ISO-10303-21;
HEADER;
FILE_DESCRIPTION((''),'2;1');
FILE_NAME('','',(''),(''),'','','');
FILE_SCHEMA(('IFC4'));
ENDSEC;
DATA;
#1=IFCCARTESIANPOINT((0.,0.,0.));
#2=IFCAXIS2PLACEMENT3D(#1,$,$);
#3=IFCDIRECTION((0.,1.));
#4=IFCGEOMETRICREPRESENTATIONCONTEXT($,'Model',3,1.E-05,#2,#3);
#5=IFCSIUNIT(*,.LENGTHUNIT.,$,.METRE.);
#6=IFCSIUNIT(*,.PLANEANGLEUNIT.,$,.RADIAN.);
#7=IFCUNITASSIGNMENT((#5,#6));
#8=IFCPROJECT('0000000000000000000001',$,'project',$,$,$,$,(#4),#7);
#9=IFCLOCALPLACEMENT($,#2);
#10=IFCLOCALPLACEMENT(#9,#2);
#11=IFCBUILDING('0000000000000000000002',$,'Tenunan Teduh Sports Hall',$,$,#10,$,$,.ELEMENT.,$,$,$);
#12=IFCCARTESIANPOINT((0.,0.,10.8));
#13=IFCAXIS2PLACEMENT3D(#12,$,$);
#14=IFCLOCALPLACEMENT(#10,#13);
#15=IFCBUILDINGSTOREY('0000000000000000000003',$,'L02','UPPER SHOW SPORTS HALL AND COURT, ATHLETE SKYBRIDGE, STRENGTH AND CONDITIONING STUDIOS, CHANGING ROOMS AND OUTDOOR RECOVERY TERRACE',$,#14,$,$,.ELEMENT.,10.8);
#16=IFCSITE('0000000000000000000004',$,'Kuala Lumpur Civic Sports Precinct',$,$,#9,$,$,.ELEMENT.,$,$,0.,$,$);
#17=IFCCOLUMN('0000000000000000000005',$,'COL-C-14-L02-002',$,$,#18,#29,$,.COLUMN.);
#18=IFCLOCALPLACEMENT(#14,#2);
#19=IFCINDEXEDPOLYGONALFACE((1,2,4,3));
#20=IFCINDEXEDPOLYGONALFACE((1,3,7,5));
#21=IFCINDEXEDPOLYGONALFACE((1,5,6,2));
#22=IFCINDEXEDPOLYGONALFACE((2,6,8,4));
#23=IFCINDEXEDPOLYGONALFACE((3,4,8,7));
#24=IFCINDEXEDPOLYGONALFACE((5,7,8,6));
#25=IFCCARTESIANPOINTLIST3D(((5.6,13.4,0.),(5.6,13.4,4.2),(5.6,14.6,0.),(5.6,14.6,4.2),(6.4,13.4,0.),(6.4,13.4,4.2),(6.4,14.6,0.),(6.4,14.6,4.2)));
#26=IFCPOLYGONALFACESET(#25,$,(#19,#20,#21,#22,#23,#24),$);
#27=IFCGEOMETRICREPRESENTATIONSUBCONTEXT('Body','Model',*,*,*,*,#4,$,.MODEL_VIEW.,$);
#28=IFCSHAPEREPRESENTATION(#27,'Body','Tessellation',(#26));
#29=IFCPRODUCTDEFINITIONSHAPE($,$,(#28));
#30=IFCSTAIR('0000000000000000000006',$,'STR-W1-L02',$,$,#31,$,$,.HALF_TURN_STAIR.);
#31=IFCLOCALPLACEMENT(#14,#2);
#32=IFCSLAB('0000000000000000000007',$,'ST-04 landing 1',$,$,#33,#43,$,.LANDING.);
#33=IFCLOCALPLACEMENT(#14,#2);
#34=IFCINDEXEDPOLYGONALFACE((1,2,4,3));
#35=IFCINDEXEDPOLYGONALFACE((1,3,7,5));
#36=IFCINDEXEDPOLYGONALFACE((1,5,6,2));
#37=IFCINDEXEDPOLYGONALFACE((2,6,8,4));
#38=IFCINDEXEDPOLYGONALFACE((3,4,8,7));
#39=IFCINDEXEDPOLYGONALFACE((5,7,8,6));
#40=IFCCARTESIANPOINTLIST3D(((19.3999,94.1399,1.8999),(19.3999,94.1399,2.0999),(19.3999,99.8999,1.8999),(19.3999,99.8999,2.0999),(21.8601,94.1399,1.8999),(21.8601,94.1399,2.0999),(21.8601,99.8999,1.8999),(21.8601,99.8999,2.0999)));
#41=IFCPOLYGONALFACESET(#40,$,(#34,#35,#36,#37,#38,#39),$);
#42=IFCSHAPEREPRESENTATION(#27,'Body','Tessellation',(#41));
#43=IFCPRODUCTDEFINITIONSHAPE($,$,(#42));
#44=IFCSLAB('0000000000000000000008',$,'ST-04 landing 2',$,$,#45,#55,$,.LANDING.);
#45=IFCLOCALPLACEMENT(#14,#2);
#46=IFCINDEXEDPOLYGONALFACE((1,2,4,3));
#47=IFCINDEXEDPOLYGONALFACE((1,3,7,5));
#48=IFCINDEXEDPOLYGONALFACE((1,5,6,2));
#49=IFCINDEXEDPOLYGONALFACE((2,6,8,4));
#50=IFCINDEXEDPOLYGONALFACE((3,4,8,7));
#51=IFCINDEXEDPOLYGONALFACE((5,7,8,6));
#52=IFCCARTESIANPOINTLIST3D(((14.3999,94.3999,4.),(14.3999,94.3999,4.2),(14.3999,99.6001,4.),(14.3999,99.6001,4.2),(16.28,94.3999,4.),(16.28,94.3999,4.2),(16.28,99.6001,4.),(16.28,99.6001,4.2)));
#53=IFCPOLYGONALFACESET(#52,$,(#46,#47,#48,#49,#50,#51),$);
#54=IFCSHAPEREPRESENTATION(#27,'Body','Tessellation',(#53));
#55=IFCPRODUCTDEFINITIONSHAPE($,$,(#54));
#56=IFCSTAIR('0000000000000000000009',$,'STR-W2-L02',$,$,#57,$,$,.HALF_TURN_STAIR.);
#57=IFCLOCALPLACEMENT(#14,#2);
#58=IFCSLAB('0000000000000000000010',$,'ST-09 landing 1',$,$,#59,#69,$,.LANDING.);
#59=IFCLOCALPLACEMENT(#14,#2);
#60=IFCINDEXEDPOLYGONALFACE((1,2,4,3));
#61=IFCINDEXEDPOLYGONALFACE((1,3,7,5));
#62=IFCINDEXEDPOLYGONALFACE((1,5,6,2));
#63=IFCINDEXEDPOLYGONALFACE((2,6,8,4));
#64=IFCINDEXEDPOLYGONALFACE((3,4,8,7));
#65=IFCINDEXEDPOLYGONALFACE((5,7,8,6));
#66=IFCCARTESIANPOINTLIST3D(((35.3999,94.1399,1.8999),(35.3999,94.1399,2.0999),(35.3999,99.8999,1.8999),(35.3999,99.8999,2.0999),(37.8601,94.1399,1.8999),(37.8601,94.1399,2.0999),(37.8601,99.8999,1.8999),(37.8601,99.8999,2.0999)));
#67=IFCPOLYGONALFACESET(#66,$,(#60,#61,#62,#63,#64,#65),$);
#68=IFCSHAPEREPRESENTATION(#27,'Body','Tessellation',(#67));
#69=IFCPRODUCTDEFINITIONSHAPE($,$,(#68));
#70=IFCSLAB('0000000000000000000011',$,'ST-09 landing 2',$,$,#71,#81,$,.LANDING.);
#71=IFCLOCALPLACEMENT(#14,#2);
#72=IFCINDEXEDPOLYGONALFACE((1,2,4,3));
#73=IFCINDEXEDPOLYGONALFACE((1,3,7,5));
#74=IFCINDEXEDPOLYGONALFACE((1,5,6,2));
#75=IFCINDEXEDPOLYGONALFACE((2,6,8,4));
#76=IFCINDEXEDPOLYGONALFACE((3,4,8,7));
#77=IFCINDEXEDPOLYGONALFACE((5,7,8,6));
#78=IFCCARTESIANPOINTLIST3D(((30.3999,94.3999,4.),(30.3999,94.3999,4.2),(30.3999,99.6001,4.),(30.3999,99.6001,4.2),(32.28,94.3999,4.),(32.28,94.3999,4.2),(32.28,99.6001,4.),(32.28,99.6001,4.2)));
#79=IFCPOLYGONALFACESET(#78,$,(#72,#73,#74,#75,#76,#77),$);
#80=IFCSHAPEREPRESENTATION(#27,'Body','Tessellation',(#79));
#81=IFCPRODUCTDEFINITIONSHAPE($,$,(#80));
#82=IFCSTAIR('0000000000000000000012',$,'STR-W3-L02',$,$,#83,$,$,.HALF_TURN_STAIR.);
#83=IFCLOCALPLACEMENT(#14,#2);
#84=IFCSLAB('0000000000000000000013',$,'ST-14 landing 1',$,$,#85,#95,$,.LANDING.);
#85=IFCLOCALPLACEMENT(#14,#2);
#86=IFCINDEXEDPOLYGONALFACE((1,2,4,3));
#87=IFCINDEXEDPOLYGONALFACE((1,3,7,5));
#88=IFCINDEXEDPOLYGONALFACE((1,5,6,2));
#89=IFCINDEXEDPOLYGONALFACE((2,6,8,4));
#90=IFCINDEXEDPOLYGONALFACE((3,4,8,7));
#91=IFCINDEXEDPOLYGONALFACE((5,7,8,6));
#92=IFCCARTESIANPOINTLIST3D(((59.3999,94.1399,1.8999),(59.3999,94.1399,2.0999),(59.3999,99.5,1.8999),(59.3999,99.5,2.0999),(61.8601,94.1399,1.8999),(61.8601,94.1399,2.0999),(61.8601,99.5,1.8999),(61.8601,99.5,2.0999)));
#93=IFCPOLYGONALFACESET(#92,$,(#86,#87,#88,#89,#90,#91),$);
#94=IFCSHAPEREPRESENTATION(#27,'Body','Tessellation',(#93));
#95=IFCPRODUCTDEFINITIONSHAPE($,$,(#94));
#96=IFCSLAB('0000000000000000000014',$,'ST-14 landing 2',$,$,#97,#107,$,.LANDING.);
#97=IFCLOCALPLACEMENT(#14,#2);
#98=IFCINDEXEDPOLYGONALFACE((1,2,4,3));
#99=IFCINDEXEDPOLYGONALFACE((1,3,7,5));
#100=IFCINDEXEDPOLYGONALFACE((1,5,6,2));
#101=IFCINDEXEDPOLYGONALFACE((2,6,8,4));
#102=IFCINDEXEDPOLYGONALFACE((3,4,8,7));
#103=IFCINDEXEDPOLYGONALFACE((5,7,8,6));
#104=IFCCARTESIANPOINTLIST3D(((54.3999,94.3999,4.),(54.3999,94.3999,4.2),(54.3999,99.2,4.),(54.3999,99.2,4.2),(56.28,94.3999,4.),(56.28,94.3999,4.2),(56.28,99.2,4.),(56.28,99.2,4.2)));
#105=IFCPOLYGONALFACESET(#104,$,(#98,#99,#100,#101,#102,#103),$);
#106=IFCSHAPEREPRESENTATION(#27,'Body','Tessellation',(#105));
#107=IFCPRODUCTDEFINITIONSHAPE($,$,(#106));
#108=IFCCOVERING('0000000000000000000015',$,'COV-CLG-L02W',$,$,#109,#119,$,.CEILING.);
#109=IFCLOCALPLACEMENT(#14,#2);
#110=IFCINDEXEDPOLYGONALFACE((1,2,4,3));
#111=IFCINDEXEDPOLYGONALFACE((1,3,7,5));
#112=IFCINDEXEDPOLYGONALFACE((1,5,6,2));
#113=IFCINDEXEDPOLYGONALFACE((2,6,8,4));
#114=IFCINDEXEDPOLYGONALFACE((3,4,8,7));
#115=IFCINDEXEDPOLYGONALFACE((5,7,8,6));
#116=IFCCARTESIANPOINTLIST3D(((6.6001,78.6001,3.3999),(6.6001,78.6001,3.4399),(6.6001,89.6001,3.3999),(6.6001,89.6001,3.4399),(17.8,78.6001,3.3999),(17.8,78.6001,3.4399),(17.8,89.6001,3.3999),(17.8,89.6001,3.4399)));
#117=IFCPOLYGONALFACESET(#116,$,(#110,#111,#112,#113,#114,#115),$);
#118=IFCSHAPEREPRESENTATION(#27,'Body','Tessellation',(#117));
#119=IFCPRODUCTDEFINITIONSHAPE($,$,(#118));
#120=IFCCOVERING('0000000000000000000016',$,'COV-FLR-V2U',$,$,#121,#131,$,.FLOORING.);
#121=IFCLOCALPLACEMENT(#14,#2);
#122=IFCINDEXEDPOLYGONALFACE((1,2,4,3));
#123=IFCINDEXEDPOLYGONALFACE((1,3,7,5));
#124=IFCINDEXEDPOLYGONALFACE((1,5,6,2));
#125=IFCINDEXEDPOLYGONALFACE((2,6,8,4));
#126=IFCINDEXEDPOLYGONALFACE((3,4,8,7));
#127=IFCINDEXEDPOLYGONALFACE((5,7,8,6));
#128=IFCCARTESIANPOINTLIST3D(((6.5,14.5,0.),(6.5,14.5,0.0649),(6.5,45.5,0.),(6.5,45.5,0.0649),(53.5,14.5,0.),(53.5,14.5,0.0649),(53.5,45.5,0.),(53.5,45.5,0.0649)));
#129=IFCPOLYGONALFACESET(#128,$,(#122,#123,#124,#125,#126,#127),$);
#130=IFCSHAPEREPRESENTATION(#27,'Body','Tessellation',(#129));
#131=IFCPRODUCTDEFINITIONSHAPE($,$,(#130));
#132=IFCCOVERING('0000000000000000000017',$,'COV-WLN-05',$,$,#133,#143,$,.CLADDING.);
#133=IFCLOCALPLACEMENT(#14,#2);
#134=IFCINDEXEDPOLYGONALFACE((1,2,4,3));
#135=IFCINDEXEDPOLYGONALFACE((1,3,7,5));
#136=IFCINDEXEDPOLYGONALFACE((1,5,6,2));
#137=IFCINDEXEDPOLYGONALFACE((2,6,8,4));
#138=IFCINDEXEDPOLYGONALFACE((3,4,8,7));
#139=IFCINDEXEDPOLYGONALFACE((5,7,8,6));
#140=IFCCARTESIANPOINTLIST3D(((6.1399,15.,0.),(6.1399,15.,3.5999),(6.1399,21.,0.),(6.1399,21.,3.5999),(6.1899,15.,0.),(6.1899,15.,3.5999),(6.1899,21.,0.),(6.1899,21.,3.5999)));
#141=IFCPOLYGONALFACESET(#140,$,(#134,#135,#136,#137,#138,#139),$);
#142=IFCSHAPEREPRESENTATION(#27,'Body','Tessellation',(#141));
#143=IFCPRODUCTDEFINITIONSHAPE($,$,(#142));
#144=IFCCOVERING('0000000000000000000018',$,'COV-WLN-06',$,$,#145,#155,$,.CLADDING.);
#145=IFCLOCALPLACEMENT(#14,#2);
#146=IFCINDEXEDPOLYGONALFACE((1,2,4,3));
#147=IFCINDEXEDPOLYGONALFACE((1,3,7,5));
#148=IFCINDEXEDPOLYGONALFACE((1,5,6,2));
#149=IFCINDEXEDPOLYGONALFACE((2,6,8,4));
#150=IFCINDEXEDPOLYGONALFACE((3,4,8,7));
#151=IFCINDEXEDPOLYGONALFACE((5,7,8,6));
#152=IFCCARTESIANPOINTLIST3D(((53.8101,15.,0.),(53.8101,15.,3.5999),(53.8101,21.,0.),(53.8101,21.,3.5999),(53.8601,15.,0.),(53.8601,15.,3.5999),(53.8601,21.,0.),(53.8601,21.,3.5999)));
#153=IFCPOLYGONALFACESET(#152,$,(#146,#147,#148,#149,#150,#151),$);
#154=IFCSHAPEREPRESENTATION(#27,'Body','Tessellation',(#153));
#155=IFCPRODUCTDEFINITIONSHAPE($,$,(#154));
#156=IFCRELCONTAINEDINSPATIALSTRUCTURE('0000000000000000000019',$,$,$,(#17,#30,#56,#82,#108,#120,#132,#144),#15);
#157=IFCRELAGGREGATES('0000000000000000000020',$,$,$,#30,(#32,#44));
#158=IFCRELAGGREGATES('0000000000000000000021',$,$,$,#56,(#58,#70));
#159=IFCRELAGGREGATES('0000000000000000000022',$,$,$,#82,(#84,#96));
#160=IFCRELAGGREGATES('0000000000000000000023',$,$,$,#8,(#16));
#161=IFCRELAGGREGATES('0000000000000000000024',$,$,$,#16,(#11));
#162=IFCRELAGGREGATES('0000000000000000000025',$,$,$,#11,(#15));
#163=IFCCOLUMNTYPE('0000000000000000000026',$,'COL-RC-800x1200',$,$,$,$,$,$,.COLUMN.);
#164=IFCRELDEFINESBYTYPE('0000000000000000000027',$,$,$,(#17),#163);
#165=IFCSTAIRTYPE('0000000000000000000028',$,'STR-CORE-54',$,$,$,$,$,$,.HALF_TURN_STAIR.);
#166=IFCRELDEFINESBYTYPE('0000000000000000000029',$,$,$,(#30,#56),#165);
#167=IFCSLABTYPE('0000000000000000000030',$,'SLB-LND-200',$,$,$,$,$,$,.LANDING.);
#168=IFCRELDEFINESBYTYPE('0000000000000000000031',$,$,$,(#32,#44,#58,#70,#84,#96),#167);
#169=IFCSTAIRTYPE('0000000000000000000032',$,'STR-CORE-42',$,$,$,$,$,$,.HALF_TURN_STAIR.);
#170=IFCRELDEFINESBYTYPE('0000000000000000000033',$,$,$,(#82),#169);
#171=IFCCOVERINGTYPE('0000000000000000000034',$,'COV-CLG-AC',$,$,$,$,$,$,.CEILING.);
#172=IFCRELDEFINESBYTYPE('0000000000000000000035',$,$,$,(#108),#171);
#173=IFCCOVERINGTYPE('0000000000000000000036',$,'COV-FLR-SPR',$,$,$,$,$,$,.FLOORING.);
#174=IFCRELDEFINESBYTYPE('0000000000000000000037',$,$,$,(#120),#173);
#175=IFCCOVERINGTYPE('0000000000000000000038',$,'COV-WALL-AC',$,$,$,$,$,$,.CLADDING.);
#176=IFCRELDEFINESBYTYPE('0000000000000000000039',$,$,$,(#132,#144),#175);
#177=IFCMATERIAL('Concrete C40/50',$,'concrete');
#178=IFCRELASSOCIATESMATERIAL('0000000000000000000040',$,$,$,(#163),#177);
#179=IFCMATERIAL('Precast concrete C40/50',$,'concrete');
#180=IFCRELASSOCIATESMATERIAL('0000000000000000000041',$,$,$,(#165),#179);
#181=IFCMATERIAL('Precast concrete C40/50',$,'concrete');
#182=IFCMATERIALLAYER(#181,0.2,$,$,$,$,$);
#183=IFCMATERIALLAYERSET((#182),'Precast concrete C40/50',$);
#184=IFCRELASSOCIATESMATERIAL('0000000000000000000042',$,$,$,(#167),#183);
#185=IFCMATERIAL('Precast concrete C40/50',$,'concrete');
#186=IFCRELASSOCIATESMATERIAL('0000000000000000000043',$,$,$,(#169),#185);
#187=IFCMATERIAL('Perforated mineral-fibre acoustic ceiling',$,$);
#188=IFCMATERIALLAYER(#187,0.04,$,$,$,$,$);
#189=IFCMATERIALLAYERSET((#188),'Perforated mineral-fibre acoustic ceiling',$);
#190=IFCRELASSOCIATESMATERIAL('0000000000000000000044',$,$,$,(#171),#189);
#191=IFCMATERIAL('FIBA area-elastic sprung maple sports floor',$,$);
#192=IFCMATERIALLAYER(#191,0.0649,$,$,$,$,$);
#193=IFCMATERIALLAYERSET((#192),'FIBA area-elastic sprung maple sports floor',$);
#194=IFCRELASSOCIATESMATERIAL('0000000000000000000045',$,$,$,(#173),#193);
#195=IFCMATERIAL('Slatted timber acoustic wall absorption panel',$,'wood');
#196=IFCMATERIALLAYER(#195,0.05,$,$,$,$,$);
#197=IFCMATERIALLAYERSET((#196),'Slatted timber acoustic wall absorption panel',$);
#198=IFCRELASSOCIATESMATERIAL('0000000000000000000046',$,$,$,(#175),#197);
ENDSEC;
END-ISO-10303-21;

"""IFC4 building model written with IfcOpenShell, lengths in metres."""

from ifc_helpers import new_model, si_unit, direction, frame, origin, origin_2d, place, context, subcontext, project, spatial, polyline, rectangle, outline, extrude, material, layer, layer_set, material_profile, profile_set, type_object, element, aggregate, save


model = new_model("IFC4")

# Units and contexts
model_context = context("Model", 3, precision=1e-05, world=origin(), true_north=direction((0.0, 1.0)))
body_context = subcontext(model_context, "Body", "Model", "MODEL_VIEW")
ifc_project = project(units=[si_unit("LENGTHUNIT", "METRE"), si_unit("PLANEANGLEUNIT", "RADIAN")], contexts=[model_context])

# Site, building, storey
site_placement = place(None, origin())
site = spatial("IfcSite", under=ifc_project, at=site_placement, Name="Kuala Lumpur Civic Sports Precinct", CompositionType="ELEMENT", RefElevation=0.0)
building_placement = place(site_placement, origin())
building = spatial("IfcBuilding", under=site, at=building_placement, Name="Tenunan Teduh Sports Hall", CompositionType="ELEMENT")
storey_placement = place(building_placement, frame((0.0, 0.0, 10.8)))
storey = spatial("IfcBuildingStorey", under=building, at=storey_placement, Name="L02", Description="UPPER SHOW SPORTS HALL AND COURT, ATHLETE SKYBRIDGE, STRENGTH AND CONDITIONING STUDIOS, CHANGING ROOMS AND OUTDOOR RECOVERY TERRACE", CompositionType="ELEMENT", Elevation=10.8)

# Column
ifc_material_1 = material(Name="Concrete C40/50", Category="concrete")
ifc_material_profile = material_profile(ifc_material_1, rectangle(XDim=0.8, YDim=1.2, at=origin_2d()), Name="RC 800x1200")
ifc_profile_set = profile_set([ifc_material_profile], Name="Concrete C40/50")
column_type = type_object("IfcColumnType", Name="COL-RC-800x1200", PredefinedType="COLUMN", material=ifc_profile_set)
column_placement = place(storey_placement, frame((6.0, 14.0, 0.0), z_axis=(0.0, 0.0, 1.0), x_axis=(1.0, 0.0, 0.0)))
element("IfcColumn", 1, at=column_placement, inside=storey, type_object=column_type, Name="COL-C-14-L02-002", PredefinedType="COLUMN", context=body_context, shape_type="SweptSolid", body=[
    extrude(rectangle(XDim=0.8, YDim=1.2, at=origin_2d()), origin(), (0.0, 0.0, 1.0), 4.2),
])

# Stairs, slabs
ifc_material_2 = material(Name="Precast concrete C40/50", Category="concrete")
stair_type_1 = type_object("IfcStairType", Name="STR-CORE-54", PredefinedType="HALF_TURN_STAIR", material=ifc_material_2)
stair_1_placement = place(storey_placement, origin())
stair_1 = element("IfcStair", 2, at=stair_1_placement, inside=storey, type_object=stair_type_1, Name="STR-W1-L02", PredefinedType="HALF_TURN_STAIR")
ifc_material_3 = material(Name="Precast concrete C40/50", Category="concrete")
ifc_layer_1 = layer(ifc_material_3, 0.2)
ifc_layer_set_1 = layer_set([ifc_layer_1], Name="Precast concrete C40/50")
slab_type = type_object("IfcSlabType", Name="SLB-LND-200", PredefinedType="LANDING", material=ifc_layer_set_1)
slab_1_placement = place(storey_placement, frame((0.0, 0.0, 1.8999)))
slab_1 = element("IfcSlab", 3, at=slab_1_placement, type_object=slab_type, Name="ST-04 landing 1", PredefinedType="LANDING", context=body_context, shape_type="SweptSolid", body=[
    extrude(outline(polyline([(19.3999, 94.1399), (21.8601, 94.1399), (21.8601, 99.8999), (19.3999, 99.8999), (19.3999, 94.1399)])), origin(), (0.0, 0.0, 1.0), 0.2),
])
slab_2_placement = place(storey_placement, frame((0.0, 0.0, 4.0)))
slab_2 = element("IfcSlab", 4, at=slab_2_placement, type_object=slab_type, Name="ST-04 landing 2", PredefinedType="LANDING", context=body_context, shape_type="SweptSolid", body=[
    extrude(outline(polyline([(14.3999, 94.3999), (16.28, 94.3999), (16.28, 99.6001), (14.3999, 99.6001), (14.3999, 94.3999)])), origin(), (0.0, 0.0, 1.0), 0.2),
])
aggregate(stair_1, [slab_1, slab_2])
stair_2_placement = place(storey_placement, origin())
stair_2 = element("IfcStair", 5, at=stair_2_placement, inside=storey, type_object=stair_type_1, Name="STR-W2-L02", PredefinedType="HALF_TURN_STAIR")
slab_3_placement = place(storey_placement, frame((0.0, 0.0, 1.8999)))
slab_3 = element("IfcSlab", 6, at=slab_3_placement, type_object=slab_type, Name="ST-09 landing 1", PredefinedType="LANDING", context=body_context, shape_type="SweptSolid", body=[
    extrude(outline(polyline([(35.3999, 94.1399), (37.8601, 94.1399), (37.8601, 99.8999), (35.3999, 99.8999), (35.3999, 94.1399)])), origin(), (0.0, 0.0, 1.0), 0.2),
])
slab_4_placement = place(storey_placement, frame((0.0, 0.0, 4.0)))
slab_4 = element("IfcSlab", 7, at=slab_4_placement, type_object=slab_type, Name="ST-09 landing 2", PredefinedType="LANDING", context=body_context, shape_type="SweptSolid", body=[
    extrude(outline(polyline([(30.3999, 94.3999), (32.28, 94.3999), (32.28, 99.6001), (30.3999, 99.6001), (30.3999, 94.3999)])), origin(), (0.0, 0.0, 1.0), 0.2),
])
aggregate(stair_2, [slab_3, slab_4])
ifc_material_4 = material(Name="Precast concrete C40/50", Category="concrete")
stair_type_2 = type_object("IfcStairType", Name="STR-CORE-42", PredefinedType="HALF_TURN_STAIR", material=ifc_material_4)
stair_3_placement = place(storey_placement, origin())
stair_3 = element("IfcStair", 8, at=stair_3_placement, inside=storey, type_object=stair_type_2, Name="STR-W3-L02", PredefinedType="HALF_TURN_STAIR")
slab_5_placement = place(storey_placement, frame((0.0, 0.0, 1.8999)))
slab_5 = element("IfcSlab", 9, at=slab_5_placement, type_object=slab_type, Name="ST-14 landing 1", PredefinedType="LANDING", context=body_context, shape_type="SweptSolid", body=[
    extrude(outline(polyline([(59.3999, 94.1399), (61.8601, 94.1399), (61.8601, 99.5), (59.3999, 99.5), (59.3999, 94.1399)])), origin(), (0.0, 0.0, 1.0), 0.2),
])
slab_6_placement = place(storey_placement, frame((0.0, 0.0, 4.0)))
slab_6 = element("IfcSlab", 10, at=slab_6_placement, type_object=slab_type, Name="ST-14 landing 2", PredefinedType="LANDING", context=body_context, shape_type="SweptSolid", body=[
    extrude(outline(polyline([(54.3999, 94.3999), (56.28, 94.3999), (56.28, 99.2), (54.3999, 99.2), (54.3999, 94.3999)])), origin(), (0.0, 0.0, 1.0), 0.2),
])
aggregate(stair_3, [slab_5, slab_6])

# Coverings
ifc_material_5 = material(Name="Perforated mineral-fibre acoustic ceiling")
ifc_layer_2 = layer(ifc_material_5, 0.04)
ifc_layer_set_2 = layer_set([ifc_layer_2], Name="Perforated mineral-fibre acoustic ceiling")
covering_type_1 = type_object("IfcCoveringType", Name="COV-CLG-AC", PredefinedType="CEILING", material=ifc_layer_set_2)
covering_1_placement = place(storey_placement, frame((0.0, 0.0, 3.3999)))
element("IfcCovering", 11, at=covering_1_placement, inside=storey, type_object=covering_type_1, Name="COV-CLG-L02W", PredefinedType="CEILING", context=body_context, shape_type="SweptSolid", body=[
    extrude(outline(polyline([(6.6001, 78.6001), (17.8, 78.6001), (17.8, 89.6001), (6.6001, 89.6001), (6.6001, 78.6001)])), origin(), (0.0, 0.0, 1.0), 0.04),
])
ifc_material_6 = material(Name="FIBA area-elastic sprung maple sports floor")
ifc_layer_3 = layer(ifc_material_6, 0.0649)
ifc_layer_set_3 = layer_set([ifc_layer_3], Name="FIBA area-elastic sprung maple sports floor")
covering_type_2 = type_object("IfcCoveringType", Name="COV-FLR-SPR", PredefinedType="FLOORING", material=ifc_layer_set_3)
covering_2_placement = place(storey_placement, origin())
element("IfcCovering", 12, at=covering_2_placement, inside=storey, type_object=covering_type_2, Name="COV-FLR-V2U", PredefinedType="FLOORING", context=body_context, shape_type="SweptSolid", body=[
    extrude(outline(polyline([(6.5, 14.5), (53.5, 14.5), (53.5, 45.5), (6.5, 45.5), (6.5, 14.5)])), origin(), (0.0, 0.0, 1.0), 0.0649),
])
ifc_material_7 = material(Name="Slatted timber acoustic wall absorption panel", Category="wood")
ifc_layer_4 = layer(ifc_material_7, 0.05)
ifc_layer_set_4 = layer_set([ifc_layer_4], Name="Slatted timber acoustic wall absorption panel")
covering_type_3 = type_object("IfcCoveringType", Name="COV-WALL-AC", PredefinedType="CLADDING", material=ifc_layer_set_4)
covering_3_placement = place(storey_placement, origin())
element("IfcCovering", 13, at=covering_3_placement, inside=storey, type_object=covering_type_3, Name="COV-WLN-05", PredefinedType="CLADDING", context=body_context, shape_type="SweptSolid", body=[
    extrude(outline(polyline([(6.1399, 15.0), (6.1899, 15.0), (6.1899, 21.0), (6.1399, 21.0), (6.1399, 15.0)])), origin(), (0.0, 0.0, 1.0), 3.5999),
])
covering_4_placement = place(storey_placement, origin())
element("IfcCovering", 14, at=covering_4_placement, inside=storey, type_object=covering_type_3, Name="COV-WLN-06", PredefinedType="CLADDING", context=body_context, shape_type="SweptSolid", body=[
    extrude(outline(polyline([(53.8101, 15.0), (53.8601, 15.0), (53.8601, 21.0), (53.8101, 21.0), (53.8101, 15.0)])), origin(), (0.0, 0.0, 1.0), 3.5999),
])

save(model, "model.ifc")
